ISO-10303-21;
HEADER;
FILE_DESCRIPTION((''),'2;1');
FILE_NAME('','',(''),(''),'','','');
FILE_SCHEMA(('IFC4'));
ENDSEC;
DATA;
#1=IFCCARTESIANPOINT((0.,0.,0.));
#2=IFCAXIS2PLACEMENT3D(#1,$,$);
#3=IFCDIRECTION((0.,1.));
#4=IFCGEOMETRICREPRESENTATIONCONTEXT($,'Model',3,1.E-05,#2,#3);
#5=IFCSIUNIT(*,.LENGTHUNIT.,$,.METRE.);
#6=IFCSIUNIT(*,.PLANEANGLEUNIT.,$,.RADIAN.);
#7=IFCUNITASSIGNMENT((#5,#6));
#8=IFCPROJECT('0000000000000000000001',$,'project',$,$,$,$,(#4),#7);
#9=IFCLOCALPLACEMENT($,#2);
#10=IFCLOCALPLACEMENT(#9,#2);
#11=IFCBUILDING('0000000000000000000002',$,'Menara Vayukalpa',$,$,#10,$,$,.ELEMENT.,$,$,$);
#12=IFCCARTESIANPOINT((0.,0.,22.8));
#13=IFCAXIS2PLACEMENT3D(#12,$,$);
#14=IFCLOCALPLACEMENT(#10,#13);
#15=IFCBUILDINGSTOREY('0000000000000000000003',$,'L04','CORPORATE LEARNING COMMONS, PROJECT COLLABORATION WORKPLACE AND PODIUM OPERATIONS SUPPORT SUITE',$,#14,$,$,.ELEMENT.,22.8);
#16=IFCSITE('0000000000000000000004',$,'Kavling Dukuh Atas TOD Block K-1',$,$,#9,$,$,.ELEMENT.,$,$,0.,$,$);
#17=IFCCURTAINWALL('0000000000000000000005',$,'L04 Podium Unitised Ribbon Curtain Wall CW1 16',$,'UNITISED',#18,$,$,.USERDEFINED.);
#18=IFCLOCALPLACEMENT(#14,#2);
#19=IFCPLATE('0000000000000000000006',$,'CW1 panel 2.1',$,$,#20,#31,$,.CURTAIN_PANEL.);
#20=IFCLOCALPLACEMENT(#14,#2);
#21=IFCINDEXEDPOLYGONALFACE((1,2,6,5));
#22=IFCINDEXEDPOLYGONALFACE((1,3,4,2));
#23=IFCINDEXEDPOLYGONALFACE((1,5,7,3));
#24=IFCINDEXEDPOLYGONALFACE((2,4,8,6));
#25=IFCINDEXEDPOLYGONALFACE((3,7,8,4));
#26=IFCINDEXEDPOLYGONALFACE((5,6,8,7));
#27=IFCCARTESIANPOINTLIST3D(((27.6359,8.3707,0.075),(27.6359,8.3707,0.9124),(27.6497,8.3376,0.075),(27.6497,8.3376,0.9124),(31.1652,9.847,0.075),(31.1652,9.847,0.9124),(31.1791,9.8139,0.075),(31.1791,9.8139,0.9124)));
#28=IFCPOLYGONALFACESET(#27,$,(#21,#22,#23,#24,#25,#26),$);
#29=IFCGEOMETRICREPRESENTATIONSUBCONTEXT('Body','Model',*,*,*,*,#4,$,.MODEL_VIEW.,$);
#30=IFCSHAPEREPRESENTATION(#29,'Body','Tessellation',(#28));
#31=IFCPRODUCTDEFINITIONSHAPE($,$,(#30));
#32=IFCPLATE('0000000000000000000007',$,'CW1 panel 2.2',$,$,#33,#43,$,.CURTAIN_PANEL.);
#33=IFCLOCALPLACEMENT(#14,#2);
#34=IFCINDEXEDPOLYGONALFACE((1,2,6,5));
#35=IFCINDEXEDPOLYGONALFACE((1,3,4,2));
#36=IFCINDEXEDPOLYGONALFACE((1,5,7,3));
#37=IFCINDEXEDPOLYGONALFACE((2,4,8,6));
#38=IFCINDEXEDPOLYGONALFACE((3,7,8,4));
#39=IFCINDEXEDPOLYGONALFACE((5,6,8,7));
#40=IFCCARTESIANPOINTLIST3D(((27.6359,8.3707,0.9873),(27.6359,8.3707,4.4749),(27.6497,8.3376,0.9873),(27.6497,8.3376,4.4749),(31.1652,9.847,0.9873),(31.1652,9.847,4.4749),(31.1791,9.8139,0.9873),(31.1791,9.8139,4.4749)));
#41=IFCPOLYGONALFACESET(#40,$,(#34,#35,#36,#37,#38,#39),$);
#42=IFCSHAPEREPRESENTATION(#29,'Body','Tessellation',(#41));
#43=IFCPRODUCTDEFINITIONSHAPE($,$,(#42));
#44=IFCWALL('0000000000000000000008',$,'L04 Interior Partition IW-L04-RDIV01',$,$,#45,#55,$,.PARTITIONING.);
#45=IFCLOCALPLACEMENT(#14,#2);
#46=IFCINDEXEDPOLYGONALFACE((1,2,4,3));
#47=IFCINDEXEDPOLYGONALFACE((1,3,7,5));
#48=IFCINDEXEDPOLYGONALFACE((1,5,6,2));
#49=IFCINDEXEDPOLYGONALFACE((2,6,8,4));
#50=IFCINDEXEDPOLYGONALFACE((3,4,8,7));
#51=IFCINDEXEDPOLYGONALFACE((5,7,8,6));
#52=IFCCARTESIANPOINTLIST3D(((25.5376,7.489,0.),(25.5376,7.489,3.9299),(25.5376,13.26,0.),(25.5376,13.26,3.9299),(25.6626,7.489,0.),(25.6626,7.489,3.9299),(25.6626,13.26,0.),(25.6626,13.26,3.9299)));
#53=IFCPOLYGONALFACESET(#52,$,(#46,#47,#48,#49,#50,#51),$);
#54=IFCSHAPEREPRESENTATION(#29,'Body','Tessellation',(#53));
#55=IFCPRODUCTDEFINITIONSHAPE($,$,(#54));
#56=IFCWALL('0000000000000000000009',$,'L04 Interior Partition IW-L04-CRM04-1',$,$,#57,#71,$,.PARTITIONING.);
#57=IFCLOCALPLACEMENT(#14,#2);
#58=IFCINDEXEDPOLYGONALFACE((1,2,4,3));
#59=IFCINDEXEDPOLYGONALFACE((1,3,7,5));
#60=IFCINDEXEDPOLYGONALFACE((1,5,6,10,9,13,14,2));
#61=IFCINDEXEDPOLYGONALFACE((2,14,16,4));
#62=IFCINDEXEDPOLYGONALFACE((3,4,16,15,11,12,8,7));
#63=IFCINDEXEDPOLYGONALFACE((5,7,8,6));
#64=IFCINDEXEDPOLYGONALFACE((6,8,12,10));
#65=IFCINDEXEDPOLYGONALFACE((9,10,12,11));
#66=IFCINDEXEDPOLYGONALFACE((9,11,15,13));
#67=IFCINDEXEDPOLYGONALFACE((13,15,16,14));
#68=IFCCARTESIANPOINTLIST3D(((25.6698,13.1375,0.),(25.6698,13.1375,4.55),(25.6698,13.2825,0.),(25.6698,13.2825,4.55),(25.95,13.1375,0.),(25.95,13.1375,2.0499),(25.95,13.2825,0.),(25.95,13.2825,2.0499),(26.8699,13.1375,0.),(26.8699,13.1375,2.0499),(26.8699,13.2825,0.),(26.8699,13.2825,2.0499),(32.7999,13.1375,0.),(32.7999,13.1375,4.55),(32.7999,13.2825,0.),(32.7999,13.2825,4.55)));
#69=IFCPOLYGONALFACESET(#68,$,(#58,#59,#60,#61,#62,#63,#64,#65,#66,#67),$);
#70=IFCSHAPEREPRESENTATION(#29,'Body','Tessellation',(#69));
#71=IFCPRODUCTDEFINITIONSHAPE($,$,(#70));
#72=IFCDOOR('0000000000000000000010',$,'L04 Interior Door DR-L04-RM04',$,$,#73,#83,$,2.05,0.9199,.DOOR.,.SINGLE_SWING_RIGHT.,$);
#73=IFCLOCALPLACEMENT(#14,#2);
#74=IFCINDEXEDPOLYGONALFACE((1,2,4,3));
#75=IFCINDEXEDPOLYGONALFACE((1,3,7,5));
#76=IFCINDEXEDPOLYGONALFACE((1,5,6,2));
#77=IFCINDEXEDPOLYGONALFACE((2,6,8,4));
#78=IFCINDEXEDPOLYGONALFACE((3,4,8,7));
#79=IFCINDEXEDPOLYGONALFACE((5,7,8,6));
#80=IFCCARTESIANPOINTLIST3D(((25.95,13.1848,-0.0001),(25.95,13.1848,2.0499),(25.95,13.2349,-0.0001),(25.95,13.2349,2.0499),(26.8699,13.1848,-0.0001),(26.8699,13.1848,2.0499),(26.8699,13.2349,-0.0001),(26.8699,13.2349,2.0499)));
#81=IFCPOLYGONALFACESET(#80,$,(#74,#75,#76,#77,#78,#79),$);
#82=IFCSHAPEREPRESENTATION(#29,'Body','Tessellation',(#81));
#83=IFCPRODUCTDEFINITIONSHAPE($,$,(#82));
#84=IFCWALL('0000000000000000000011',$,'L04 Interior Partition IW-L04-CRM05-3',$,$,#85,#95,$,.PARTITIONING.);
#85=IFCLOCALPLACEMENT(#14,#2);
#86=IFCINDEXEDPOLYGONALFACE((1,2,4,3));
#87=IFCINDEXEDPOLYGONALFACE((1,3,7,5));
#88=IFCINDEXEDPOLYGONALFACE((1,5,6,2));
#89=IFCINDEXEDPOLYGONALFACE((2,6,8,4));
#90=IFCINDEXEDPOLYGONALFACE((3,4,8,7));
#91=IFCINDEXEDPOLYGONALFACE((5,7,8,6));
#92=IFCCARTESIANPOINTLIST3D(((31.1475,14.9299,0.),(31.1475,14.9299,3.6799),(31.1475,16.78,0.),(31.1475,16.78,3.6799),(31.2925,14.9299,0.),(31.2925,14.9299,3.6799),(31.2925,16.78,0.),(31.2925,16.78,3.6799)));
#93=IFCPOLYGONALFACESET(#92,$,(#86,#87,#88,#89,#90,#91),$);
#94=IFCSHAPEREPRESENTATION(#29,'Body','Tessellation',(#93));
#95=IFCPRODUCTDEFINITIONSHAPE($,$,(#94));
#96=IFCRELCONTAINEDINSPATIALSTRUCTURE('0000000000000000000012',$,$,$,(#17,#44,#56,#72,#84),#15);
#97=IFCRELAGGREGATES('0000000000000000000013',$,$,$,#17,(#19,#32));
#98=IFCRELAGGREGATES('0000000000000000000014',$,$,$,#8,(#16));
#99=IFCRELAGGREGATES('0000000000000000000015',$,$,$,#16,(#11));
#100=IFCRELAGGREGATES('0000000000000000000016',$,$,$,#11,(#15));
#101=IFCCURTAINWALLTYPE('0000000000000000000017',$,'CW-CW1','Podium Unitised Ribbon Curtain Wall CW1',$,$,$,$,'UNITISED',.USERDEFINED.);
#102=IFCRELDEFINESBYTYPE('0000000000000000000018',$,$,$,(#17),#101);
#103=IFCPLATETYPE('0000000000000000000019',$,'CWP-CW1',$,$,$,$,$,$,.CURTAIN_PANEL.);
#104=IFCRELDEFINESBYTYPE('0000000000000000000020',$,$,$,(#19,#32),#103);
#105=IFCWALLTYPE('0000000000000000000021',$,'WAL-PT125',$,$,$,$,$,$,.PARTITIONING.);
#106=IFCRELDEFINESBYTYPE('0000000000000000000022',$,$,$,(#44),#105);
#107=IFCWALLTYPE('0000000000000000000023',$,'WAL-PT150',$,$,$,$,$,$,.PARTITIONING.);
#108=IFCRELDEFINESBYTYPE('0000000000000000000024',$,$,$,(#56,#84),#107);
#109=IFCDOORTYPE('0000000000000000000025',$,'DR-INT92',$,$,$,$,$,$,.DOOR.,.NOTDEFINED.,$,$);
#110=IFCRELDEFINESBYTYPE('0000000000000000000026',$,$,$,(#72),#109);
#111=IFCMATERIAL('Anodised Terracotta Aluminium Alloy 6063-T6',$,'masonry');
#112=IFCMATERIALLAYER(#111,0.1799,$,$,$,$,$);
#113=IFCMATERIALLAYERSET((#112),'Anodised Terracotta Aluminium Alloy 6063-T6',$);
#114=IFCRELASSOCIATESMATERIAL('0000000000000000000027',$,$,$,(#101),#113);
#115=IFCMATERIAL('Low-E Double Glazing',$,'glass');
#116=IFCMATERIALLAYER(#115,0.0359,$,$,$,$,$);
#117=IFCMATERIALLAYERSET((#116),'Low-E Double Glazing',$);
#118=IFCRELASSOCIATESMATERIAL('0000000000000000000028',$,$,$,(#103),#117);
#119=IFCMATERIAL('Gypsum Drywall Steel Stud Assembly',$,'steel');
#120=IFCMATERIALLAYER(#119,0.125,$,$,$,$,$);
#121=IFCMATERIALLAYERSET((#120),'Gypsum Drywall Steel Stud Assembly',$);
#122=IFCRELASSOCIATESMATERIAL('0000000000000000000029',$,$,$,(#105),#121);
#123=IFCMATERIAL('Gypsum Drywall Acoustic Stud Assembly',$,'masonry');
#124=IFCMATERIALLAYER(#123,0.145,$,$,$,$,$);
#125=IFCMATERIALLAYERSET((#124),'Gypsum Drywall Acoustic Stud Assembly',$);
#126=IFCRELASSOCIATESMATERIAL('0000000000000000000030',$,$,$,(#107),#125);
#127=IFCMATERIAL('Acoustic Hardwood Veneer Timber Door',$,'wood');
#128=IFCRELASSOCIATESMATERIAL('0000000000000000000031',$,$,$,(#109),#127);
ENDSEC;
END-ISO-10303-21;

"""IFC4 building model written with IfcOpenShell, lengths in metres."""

from ifc_helpers import new_model, si_unit, direction, frame, frame_2d, origin, origin_2d, place, context, subcontext, project, spatial, rectangle, extrude, material, layer, layer_set, type_object, element, fill, aggregate, save


model = new_model("IFC4")

# Units and contexts
model_context = context("Model", 3, precision=1e-05, world=origin(), true_north=direction((0.0, 1.0)))
body_context = subcontext(model_context, "Body", "Model", "MODEL_VIEW")
ifc_project = project(units=[si_unit("LENGTHUNIT", "METRE"), si_unit("PLANEANGLEUNIT", "RADIAN")], contexts=[model_context])

# Site, building, storey
site_placement = place(None, origin())
site = spatial("IfcSite", under=ifc_project, at=site_placement, Name="Kavling Dukuh Atas TOD Block K-1", CompositionType="ELEMENT", RefElevation=0.0)
building_placement = place(site_placement, origin())
building = spatial("IfcBuilding", under=site, at=building_placement, Name="Menara Vayukalpa", CompositionType="ELEMENT")
storey_placement = place(building_placement, frame((0.0, 0.0, 22.8)))
storey = spatial("IfcBuildingStorey", under=building, at=storey_placement, Name="L04", Description="CORPORATE LEARNING COMMONS, PROJECT COLLABORATION WORKPLACE AND PODIUM OPERATIONS SUPPORT SUITE", CompositionType="ELEMENT", Elevation=22.8)

# Curtain wall
ifc_material_1 = material(Name="Anodised Terracotta Aluminium Alloy 6063-T6", Category="masonry")
ifc_layer_1 = layer(ifc_material_1, 0.1799)
ifc_layer_set_1 = layer_set([ifc_layer_1], Name="Anodised Terracotta Aluminium Alloy 6063-T6")
curtain_wall_type = type_object("IfcCurtainWallType", Name="CW-CW1", Description="Podium Unitised Ribbon Curtain Wall CW1", ElementType="UNITISED", PredefinedType="USERDEFINED", material=ifc_layer_set_1)
curtain_wall_1_placement = place(storey_placement, origin())
curtain_wall_1 = element("IfcCurtainWall", 1, at=curtain_wall_1_placement, inside=storey, type_object=curtain_wall_type, Name="L04 Podium Unitised Ribbon Curtain Wall CW1 16", ObjectType="UNITISED", PredefinedType="USERDEFINED")

# Plates
ifc_material_2 = material(Name="Low-E Double Glazing", Category="glass")
ifc_layer_2 = layer(ifc_material_2, 0.0359)
ifc_layer_set_2 = layer_set([ifc_layer_2], Name="Low-E Double Glazing")
plate_type = type_object("IfcPlateType", Name="CWP-CW1", PredefinedType="CURTAIN_PANEL", material=ifc_layer_set_2)
plate_1_placement = place(storey_placement, frame((29.4075, 9.0923, 0.075), z_axis=(0.0, 0.0, 1.0), x_axis=(0.922545, 0.385891, 0.0)))
plate_1 = element("IfcPlate", 2, at=plate_1_placement, type_object=plate_type, Name="CW1 panel 2.1", PredefinedType="CURTAIN_PANEL", context=body_context, shape_type="SweptSolid", body=[
    extrude(rectangle(XDim=3.8257, YDim=0.0359, at=origin_2d()), origin(), (0.0, 0.0, 1.0), 0.8374),
])
plate_2_placement = place(storey_placement, frame((29.4075, 9.0923, 0.9873), z_axis=(0.0, 0.0, 1.0), x_axis=(0.922545, 0.385891, 0.0)))
plate_2 = element("IfcPlate", 3, at=plate_2_placement, type_object=plate_type, Name="CW1 panel 2.2", PredefinedType="CURTAIN_PANEL", context=body_context, shape_type="SweptSolid", body=[
    extrude(rectangle(XDim=3.8257, YDim=0.0359, at=origin_2d()), origin(), (0.0, 0.0, 1.0), 3.4875),
])
aggregate(curtain_wall_1, [plate_1, plate_2])

# Wall
ifc_material_3 = material(Name="Gypsum Drywall Steel Stud Assembly", Category="steel")
ifc_layer_3 = layer(ifc_material_3, 0.125)
ifc_layer_set_3 = layer_set([ifc_layer_3], Name="Gypsum Drywall Steel Stud Assembly")
wall_type_1 = type_object("IfcWallType", Name="WAL-PT125", PredefinedType="PARTITIONING", material=ifc_layer_set_3)
wall_1_placement = place(storey_placement, frame((25.6001, 7.489, 0.0), z_axis=(0.0, 0.0, 1.0), x_axis=(0.0, 1.0, 0.0)))
element("IfcWall", 4, at=wall_1_placement, inside=storey, type_object=wall_type_1, Name="L04 Interior Partition IW-L04-RDIV01", PredefinedType="PARTITIONING", context=body_context, shape_type="SweptSolid", body=[
    extrude(rectangle(XDim=5.771, YDim=0.125, at=frame_2d((2.8855, 0.0))), origin(), (0.0, 0.0, 1.0), 3.9299),
])

# Wall, opening, door
ifc_material_4 = material(Name="Gypsum Drywall Acoustic Stud Assembly", Category="masonry")
ifc_layer_4 = layer(ifc_material_4, 0.145)
ifc_layer_set_4 = layer_set([ifc_layer_4], Name="Gypsum Drywall Acoustic Stud Assembly")
wall_type_2 = type_object("IfcWallType", Name="WAL-PT150", PredefinedType="PARTITIONING", material=ifc_layer_set_4)
wall_2_placement = place(storey_placement, frame((25.6699, 13.21, 0.0), z_axis=(0.0, 0.0, 1.0), x_axis=(1.0, 0.0, 0.0)))
wall_2 = element("IfcWall", 5, at=wall_2_placement, inside=storey, type_object=wall_type_2, Name="L04 Interior Partition IW-L04-CRM04-1", PredefinedType="PARTITIONING", context=body_context, shape_type="SweptSolid", body=[
    extrude(rectangle(XDim=7.1301, YDim=0.145, at=frame_2d((3.5649, 0.0))), origin(), (0.0, 0.0, 1.0), 4.55),
])
opening_placement = place(wall_2_placement, frame((0.28, 0.0, 0.0)))
opening = element("IfcOpeningElement", 6, at=opening_placement, cuts=wall_2, PredefinedType="OPENING", context=body_context, shape_type="SweptSolid", body=[
    extrude(rectangle(XDim=0.9199, YDim=2.05, at=frame_2d((0.46, 1.0249))), frame((0.0, 0.0825, 0.0), z_axis=(0.0, -1.0, 0.0), x_axis=(1.0, 0.0, 0.0)), (0.0, 0.0, 1.0), 0.165),
])
ifc_material_5 = material(Name="Acoustic Hardwood Veneer Timber Door", Category="wood")
door_type = type_object("IfcDoorType", Name="DR-INT92", OperationType="NOTDEFINED", PredefinedType="DOOR", material=ifc_material_5)
door_placement = place(opening_placement, origin())
door = element("IfcDoor", 7, at=door_placement, inside=storey, type_object=door_type, Name="L04 Interior Door DR-L04-RM04", OperationType="SINGLE_SWING_RIGHT", OverallHeight=2.05, OverallWidth=0.9199, PredefinedType="DOOR", context=body_context, shape_type="SweptSolid", body=[
    extrude(rectangle(XDim=0.9199, YDim=2.05, at=frame_2d((0.46, 1.0249))), frame((0.0, 0.0249, 0.0), z_axis=(0.0, -1.0, 0.0), x_axis=(1.0, 0.0, 0.0)), (0.0, 0.0, 1.0), 0.05),
])
fill(opening, door)

# Wall
wall_3_placement = place(storey_placement, frame((31.22, 14.9299, 0.0), z_axis=(0.0, 0.0, 1.0), x_axis=(0.0, 1.0, 0.0)))
element("IfcWall", 8, at=wall_3_placement, inside=storey, type_object=wall_type_2, Name="L04 Interior Partition IW-L04-CRM05-3", PredefinedType="PARTITIONING", context=body_context, shape_type="SweptSolid", body=[
    extrude(rectangle(XDim=1.8501, YDim=0.145, at=frame_2d((0.925, 0.0))), origin(), (0.0, 0.0, 1.0), 3.6799),
])

save(model, "model.ifc")
